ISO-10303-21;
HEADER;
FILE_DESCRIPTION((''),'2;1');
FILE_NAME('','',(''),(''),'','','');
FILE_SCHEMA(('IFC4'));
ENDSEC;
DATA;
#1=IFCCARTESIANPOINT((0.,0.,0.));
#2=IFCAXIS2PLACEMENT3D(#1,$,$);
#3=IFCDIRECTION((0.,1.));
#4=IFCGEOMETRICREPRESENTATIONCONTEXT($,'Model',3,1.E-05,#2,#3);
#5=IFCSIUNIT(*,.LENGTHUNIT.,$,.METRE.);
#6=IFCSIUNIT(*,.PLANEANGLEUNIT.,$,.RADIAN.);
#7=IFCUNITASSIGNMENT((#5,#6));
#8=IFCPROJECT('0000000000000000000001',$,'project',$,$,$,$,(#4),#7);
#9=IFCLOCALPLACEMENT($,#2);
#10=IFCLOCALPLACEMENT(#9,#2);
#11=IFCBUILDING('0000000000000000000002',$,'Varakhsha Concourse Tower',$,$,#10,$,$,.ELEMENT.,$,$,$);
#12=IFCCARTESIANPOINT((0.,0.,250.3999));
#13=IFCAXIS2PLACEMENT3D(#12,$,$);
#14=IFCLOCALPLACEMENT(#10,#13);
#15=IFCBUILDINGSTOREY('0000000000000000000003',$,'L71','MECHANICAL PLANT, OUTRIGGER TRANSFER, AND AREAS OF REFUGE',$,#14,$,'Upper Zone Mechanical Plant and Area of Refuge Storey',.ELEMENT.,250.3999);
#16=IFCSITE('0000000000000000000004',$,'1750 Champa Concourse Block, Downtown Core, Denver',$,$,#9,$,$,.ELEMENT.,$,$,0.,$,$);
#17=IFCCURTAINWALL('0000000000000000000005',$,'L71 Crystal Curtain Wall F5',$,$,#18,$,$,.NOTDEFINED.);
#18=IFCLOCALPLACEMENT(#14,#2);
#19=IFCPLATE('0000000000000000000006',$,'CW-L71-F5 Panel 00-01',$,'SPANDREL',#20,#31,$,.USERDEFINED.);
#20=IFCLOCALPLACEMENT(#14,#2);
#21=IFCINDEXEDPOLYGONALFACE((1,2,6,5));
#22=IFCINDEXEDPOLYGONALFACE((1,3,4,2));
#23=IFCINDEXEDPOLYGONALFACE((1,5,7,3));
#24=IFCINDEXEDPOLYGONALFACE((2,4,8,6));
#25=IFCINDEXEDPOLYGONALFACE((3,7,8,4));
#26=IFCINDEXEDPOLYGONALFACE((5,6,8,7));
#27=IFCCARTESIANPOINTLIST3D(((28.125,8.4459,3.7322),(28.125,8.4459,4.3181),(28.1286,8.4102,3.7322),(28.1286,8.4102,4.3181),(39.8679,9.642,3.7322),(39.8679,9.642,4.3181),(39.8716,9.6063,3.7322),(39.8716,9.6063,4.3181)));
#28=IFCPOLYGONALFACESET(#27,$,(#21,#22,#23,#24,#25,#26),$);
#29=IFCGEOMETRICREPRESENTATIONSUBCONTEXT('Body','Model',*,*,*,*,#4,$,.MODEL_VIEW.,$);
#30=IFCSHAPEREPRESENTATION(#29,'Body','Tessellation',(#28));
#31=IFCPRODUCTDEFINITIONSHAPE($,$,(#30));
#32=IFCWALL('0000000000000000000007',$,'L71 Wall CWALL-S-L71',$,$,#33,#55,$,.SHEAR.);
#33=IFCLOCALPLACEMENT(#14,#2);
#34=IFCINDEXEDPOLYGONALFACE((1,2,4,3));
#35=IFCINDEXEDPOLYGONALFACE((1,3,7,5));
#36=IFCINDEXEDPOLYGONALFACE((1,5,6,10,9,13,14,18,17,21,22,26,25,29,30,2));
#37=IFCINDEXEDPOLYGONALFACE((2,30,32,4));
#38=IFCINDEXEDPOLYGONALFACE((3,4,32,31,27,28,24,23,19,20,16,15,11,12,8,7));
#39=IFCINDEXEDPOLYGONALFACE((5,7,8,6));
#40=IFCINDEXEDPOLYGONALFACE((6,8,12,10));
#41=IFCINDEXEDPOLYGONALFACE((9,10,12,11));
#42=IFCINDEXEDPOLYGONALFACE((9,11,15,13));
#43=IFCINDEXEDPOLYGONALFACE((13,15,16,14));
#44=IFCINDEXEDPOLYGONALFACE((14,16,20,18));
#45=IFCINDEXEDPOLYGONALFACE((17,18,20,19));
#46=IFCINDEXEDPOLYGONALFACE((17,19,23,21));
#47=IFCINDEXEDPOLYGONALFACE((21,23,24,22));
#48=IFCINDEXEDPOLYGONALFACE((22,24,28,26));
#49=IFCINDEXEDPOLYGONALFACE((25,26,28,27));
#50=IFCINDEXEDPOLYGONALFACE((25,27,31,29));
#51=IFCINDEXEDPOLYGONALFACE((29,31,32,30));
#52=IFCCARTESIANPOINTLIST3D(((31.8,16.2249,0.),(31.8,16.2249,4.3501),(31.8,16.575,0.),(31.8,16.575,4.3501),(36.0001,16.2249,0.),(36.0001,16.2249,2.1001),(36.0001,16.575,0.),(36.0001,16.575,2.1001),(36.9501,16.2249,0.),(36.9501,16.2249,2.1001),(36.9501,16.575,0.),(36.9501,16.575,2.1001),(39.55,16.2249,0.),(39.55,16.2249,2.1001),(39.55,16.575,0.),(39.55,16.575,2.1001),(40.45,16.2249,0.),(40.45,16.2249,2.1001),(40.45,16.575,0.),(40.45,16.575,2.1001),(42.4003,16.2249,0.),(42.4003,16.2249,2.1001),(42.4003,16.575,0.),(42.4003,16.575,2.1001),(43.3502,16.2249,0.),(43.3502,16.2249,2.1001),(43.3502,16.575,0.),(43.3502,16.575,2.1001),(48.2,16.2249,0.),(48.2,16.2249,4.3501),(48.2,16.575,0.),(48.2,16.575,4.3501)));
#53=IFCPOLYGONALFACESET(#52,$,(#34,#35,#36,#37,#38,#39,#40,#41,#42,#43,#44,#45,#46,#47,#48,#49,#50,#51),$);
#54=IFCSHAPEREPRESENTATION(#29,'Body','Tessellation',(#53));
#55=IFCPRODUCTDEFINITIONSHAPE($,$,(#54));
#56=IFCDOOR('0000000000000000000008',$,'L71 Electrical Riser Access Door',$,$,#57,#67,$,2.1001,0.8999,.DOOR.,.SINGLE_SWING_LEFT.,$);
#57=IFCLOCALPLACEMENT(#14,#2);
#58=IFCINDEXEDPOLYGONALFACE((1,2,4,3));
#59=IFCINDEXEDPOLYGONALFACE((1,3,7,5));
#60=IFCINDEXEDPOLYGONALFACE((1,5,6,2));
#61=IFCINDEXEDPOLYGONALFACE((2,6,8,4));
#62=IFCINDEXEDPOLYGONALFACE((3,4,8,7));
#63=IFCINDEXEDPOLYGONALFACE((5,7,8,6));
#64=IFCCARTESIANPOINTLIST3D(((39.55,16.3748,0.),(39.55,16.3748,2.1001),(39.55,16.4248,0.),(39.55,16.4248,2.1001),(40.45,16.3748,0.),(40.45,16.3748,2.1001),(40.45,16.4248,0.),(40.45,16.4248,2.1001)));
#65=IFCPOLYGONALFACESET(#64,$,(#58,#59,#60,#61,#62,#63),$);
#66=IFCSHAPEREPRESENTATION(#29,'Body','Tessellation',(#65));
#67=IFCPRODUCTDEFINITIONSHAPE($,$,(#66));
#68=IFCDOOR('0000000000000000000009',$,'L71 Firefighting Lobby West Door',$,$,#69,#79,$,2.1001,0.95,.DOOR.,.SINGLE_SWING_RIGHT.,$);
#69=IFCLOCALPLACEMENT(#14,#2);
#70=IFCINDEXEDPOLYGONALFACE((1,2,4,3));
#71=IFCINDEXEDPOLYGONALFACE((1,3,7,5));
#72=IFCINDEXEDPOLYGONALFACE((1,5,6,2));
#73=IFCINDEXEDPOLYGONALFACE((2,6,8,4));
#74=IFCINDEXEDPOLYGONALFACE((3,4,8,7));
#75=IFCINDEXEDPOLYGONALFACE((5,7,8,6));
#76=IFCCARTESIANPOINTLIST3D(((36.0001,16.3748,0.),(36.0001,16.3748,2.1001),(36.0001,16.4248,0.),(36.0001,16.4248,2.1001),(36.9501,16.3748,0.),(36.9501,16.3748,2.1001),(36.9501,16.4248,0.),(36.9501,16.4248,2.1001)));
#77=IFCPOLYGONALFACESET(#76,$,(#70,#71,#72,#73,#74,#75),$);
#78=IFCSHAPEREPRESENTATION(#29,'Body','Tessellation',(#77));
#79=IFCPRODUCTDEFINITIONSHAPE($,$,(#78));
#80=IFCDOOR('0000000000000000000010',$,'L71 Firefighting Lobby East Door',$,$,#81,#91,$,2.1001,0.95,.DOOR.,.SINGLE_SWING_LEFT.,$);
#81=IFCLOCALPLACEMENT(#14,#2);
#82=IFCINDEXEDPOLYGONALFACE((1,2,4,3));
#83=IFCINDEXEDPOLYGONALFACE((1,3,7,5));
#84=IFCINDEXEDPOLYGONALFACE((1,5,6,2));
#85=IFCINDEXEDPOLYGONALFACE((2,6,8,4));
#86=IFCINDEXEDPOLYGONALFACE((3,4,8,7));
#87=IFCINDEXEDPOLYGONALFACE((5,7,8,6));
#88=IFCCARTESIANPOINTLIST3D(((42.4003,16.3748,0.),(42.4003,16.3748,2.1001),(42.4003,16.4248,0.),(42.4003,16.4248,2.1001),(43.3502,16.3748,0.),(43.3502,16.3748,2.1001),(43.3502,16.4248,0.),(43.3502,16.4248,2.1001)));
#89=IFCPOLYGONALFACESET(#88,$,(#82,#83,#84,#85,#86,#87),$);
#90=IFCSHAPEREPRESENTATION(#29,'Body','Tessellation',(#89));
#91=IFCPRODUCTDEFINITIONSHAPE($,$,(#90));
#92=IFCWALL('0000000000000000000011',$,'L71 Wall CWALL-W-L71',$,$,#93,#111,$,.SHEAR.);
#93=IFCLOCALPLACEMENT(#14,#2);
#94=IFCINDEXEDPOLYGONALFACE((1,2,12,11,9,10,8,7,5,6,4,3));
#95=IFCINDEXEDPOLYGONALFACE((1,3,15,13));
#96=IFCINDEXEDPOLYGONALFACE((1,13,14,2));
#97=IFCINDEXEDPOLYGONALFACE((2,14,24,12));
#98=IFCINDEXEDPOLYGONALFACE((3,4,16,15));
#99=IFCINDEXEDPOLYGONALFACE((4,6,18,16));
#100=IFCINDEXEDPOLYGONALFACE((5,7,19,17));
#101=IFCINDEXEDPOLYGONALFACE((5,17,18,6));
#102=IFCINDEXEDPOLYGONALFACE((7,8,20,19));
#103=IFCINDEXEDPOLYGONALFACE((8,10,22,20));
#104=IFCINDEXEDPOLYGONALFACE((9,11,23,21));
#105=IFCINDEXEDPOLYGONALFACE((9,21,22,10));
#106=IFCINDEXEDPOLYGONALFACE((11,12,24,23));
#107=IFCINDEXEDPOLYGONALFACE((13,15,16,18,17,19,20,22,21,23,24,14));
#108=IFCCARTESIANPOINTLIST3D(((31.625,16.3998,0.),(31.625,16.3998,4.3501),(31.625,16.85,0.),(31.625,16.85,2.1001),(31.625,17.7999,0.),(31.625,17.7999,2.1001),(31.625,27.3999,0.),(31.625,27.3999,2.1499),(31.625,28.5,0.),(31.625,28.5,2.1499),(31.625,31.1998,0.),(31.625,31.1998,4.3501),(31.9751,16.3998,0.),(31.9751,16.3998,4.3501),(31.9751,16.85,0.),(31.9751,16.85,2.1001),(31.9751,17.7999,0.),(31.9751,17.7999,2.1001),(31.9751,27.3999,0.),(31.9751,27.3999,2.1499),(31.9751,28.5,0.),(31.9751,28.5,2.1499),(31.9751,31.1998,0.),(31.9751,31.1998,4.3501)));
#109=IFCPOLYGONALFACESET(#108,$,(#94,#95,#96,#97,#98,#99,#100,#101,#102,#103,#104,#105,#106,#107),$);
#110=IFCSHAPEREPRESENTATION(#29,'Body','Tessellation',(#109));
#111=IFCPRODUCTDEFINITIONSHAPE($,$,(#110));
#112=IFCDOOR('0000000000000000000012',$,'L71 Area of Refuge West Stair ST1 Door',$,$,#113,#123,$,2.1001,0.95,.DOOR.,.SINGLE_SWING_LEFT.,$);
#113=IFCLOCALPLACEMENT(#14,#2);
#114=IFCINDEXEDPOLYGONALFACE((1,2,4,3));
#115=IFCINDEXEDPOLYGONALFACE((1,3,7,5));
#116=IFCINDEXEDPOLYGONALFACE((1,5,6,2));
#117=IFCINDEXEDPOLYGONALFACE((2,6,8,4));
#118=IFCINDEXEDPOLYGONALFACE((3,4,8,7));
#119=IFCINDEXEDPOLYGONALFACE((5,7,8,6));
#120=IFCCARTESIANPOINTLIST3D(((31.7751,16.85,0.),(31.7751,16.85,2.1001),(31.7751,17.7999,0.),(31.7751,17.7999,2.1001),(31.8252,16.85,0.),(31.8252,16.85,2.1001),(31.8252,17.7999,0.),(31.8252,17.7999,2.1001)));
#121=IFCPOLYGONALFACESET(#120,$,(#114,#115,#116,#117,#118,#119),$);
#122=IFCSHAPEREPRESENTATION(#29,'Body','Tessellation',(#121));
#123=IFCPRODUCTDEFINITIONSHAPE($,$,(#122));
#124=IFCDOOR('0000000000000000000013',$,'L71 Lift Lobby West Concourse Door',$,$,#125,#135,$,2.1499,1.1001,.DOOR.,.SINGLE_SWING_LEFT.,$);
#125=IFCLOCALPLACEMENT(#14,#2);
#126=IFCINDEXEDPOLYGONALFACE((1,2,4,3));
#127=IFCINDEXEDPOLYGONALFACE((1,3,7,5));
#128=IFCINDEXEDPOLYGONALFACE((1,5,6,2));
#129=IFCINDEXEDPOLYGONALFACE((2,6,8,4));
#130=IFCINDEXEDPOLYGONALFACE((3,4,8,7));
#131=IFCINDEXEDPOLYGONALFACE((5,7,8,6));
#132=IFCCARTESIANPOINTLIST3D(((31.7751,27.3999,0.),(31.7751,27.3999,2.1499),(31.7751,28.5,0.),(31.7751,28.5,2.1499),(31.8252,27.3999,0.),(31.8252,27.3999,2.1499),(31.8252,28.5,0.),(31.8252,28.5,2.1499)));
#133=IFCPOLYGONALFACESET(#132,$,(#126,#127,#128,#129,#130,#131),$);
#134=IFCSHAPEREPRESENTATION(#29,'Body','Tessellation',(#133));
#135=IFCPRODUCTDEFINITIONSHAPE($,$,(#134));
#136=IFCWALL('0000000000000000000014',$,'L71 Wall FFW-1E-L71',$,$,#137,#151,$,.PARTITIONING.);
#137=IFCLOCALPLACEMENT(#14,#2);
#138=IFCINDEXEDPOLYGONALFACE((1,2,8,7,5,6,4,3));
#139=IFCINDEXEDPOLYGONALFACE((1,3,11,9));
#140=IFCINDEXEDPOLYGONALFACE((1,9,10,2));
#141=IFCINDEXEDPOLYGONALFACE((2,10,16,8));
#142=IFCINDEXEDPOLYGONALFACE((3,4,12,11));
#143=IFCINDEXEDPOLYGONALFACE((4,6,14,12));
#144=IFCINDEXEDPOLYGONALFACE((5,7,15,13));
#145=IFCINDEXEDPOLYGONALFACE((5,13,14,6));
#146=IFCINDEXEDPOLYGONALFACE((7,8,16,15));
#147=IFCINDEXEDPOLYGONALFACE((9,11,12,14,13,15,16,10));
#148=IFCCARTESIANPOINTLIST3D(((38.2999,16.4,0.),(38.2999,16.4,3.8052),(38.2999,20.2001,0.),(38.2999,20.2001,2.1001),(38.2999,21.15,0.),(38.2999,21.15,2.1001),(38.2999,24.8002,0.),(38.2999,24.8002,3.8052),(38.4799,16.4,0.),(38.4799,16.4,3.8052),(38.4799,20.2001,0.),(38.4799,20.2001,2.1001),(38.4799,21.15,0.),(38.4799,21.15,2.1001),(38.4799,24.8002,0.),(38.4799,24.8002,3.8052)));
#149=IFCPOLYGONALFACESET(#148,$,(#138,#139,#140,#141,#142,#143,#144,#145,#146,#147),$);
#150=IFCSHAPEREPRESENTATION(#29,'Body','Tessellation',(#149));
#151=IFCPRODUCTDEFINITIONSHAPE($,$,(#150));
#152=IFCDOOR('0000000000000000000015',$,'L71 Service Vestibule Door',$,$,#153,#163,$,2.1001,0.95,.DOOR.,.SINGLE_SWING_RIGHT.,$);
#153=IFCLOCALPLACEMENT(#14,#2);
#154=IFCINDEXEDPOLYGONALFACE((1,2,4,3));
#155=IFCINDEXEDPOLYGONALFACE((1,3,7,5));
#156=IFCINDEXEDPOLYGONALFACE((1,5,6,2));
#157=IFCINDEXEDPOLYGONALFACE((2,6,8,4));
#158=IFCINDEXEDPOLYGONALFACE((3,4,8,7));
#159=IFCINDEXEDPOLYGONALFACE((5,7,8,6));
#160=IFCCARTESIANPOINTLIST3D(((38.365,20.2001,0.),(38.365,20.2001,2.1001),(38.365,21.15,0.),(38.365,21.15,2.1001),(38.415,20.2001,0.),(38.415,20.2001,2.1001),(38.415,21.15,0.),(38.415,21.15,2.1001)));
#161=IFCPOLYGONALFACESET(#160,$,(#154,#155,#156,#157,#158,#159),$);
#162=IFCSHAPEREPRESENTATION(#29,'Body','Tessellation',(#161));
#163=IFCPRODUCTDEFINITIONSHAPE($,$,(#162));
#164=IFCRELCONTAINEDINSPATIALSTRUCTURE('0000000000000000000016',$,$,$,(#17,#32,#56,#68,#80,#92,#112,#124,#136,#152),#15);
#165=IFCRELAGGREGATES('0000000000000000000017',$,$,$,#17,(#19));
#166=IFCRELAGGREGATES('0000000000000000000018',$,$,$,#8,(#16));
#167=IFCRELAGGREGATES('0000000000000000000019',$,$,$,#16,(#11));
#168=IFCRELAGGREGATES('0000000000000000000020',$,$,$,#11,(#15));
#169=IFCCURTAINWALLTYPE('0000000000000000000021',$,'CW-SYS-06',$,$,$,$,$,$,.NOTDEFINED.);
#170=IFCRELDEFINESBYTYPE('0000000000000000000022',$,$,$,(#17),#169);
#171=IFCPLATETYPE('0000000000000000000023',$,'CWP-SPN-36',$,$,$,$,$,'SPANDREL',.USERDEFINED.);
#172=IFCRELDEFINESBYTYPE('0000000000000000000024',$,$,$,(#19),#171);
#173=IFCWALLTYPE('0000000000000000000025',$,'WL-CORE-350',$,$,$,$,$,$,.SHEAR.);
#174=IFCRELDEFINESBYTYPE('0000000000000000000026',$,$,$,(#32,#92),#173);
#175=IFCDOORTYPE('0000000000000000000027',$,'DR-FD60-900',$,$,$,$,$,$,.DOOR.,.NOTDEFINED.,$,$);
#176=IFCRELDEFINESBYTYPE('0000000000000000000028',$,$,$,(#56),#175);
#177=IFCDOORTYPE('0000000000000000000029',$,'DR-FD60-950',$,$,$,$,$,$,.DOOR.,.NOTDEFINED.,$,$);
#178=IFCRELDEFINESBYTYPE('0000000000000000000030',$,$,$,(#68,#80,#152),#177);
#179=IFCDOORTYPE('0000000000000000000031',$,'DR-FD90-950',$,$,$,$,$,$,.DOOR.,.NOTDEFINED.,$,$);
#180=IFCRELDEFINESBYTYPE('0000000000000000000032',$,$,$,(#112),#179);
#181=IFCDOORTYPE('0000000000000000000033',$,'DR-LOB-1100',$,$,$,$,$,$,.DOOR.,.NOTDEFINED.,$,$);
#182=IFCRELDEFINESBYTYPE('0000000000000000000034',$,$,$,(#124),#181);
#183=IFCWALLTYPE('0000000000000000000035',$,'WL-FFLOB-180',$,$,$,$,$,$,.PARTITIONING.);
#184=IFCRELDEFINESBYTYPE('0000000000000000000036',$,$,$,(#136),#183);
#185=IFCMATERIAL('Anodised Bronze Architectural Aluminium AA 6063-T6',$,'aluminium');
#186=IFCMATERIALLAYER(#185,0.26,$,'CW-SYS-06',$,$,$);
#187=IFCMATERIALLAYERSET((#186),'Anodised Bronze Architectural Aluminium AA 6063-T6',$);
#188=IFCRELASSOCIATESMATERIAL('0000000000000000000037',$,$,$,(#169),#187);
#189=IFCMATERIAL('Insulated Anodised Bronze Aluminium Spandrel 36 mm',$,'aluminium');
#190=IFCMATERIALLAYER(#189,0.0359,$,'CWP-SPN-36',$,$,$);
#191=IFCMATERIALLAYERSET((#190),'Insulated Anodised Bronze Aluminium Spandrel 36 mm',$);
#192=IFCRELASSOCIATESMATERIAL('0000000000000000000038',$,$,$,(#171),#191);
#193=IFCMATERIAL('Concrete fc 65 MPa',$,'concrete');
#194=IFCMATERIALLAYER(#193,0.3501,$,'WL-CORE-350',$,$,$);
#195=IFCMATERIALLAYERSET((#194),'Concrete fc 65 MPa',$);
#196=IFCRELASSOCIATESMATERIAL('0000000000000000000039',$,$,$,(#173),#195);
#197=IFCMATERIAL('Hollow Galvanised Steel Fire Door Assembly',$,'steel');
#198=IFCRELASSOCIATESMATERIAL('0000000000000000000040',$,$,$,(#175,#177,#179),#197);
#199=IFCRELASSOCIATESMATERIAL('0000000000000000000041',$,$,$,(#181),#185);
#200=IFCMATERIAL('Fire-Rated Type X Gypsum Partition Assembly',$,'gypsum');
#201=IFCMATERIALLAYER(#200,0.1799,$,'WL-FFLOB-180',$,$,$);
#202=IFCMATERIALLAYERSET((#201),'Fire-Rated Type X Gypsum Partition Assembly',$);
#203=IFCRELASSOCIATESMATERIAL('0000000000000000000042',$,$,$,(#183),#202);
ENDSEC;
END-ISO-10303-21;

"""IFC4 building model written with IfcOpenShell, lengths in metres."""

from ifc_helpers import new_model, si_unit, direction, frame, frame_2d, origin, origin_2d, place, context, subcontext, project, spatial, rectangle, extrude, source, transform, mapped, material, layer, layer_set, type_object, type_shapes, element, fill, aggregate, save


model = new_model("IFC4")

# Units and contexts
model_context = context("Model", 3, precision=1e-05, world=origin(), true_north=direction((0.0, 1.0)))
body_context = subcontext(model_context, "Body", "Model", "MODEL_VIEW")
ifc_project = project(units=[si_unit("LENGTHUNIT", "METRE"), si_unit("PLANEANGLEUNIT", "RADIAN")], contexts=[model_context])

# Site, building, storey
site_placement = place(None, origin())
site = spatial("IfcSite", under=ifc_project, at=site_placement, Name="1750 Champa Concourse Block, Downtown Core, Denver", CompositionType="ELEMENT", RefElevation=0.0)
building_placement = place(site_placement, origin())
building = spatial("IfcBuilding", under=site, at=building_placement, Name="Varakhsha Concourse Tower", CompositionType="ELEMENT")
storey_placement = place(building_placement, frame((0.0, 0.0, 250.3999)))
storey = spatial("IfcBuildingStorey", under=building, at=storey_placement, Name="L71", Description="MECHANICAL PLANT, OUTRIGGER TRANSFER, AND AREAS OF REFUGE", LongName="Upper Zone Mechanical Plant and Area of Refuge Storey", CompositionType="ELEMENT", Elevation=250.3999)

# Shared definitions
ifc_material_1 = material(Name="Concrete fc 65 MPa", Category="concrete")

# Curtain wall
ifc_material_2 = material(Name="Anodised Bronze Architectural Aluminium AA 6063-T6", Category="aluminium")
ifc_layer_1 = layer(ifc_material_2, 0.26, Name="CW-SYS-06")
ifc_layer_set_1 = layer_set([ifc_layer_1], Name="Anodised Bronze Architectural Aluminium AA 6063-T6")
curtain_wall_type = type_object("IfcCurtainWallType", Name="CW-SYS-06", PredefinedType="NOTDEFINED", material=ifc_layer_set_1)
curtain_wall_placement = place(storey_placement, origin())
curtain_wall = element("IfcCurtainWall", 1, at=curtain_wall_placement, inside=storey, type_object=curtain_wall_type, Name="L71 Crystal Curtain Wall F5", PredefinedType="NOTDEFINED")

# Plate
ifc_material_3 = material(Name="Insulated Anodised Bronze Aluminium Spandrel 36 mm", Category="aluminium")
ifc_layer_2 = layer(ifc_material_3, 0.0359, Name="CWP-SPN-36")
ifc_layer_set_2 = layer_set([ifc_layer_2], Name="Insulated Anodised Bronze Aluminium Spandrel 36 mm")
plate_type_1 = type_object("IfcPlateType", Name="CWP-SPN-36", ElementType="SPANDREL", PredefinedType="USERDEFINED", material=ifc_layer_set_2)
shared_shape_1 = source(origin(), body_context, "Body", "SweptSolid", [
    extrude(rectangle(XDim=11.8037, YDim=0.0359, at=origin_2d()), origin(), (0.0, 0.0, 1.0), 0.5859),
])
type_shapes(plate_type_1, [shared_shape_1])
plate_1_placement = place(storey_placement, frame((33.9983, 9.0261, 3.7322), z_axis=(0.0, 0.0, 1.0), x_axis=(-0.994852, -0.101336, 0.0)))
plate_1 = element("IfcPlate", 2, at=plate_1_placement, type_object=plate_type_1, Name="CW-L71-F5 Panel 00-01", ObjectType="SPANDREL", PredefinedType="USERDEFINED", context=body_context, shape_type="MappedRepresentation", body=[
    mapped(shared_shape_1, transform((0.0, 0.0, 0.0), scale=1.0)),
])
aggregate(curtain_wall, [plate_1])

# Walls, openings, doors
ifc_layer_3 = layer(ifc_material_1, 0.3501, Name="WL-CORE-350")
ifc_layer_set_3 = layer_set([ifc_layer_3], Name="Concrete fc 65 MPa")
wall_type_1 = type_object("IfcWallType", Name="WL-CORE-350", PredefinedType="SHEAR", material=ifc_layer_set_3)
wall_1_placement = place(storey_placement, frame((31.8, 16.3999, 0.0), z_axis=(0.0, 0.0, 1.0), x_axis=(1.0, 0.0, 0.0)))
wall_1 = element("IfcWall", 3, at=wall_1_placement, inside=storey, type_object=wall_type_1, Name="L71 Wall CWALL-S-L71", PredefinedType="SHEAR", context=body_context, shape_type="SweptSolid", body=[
    extrude(rectangle(XDim=16.3999, YDim=0.3501, at=frame_2d((8.2, 0.0))), origin(), (0.0, 0.0, 1.0), 4.3501),
])
opening_1_placement = place(wall_1_placement, frame((7.75, 0.0, 0.0)))
opening_1 = element("IfcOpeningElement", 4, at=opening_1_placement, cuts=wall_1, PredefinedType="OPENING", context=body_context, shape_type="SweptSolid", body=[
    extrude(rectangle(XDim=0.8999, YDim=2.1001, at=frame_2d((0.45, 1.05))), frame((0.0, 0.1851, 0.0), z_axis=(0.0, -1.0, 0.0), x_axis=(1.0, 0.0, 0.0)), (0.0, 0.0, 1.0), 0.3701),
])
opening_2_placement = place(wall_1_placement, frame((4.2, 0.0, 0.0)))
opening_2 = element("IfcOpeningElement", 5, at=opening_2_placement, cuts=wall_1, PredefinedType="OPENING", context=body_context, shape_type="SweptSolid", body=[
    extrude(rectangle(XDim=0.95, YDim=2.1001, at=frame_2d((0.4751, 1.05))), frame((0.0, 0.1851, 0.0), z_axis=(0.0, -1.0, 0.0), x_axis=(1.0, 0.0, 0.0)), (0.0, 0.0, 1.0), 0.3701),
])
opening_3_placement = place(wall_1_placement, frame((10.6001, 0.0, 0.0)))
opening_3 = element("IfcOpeningElement", 6, at=opening_3_placement, cuts=wall_1, PredefinedType="OPENING", context=body_context, shape_type="SweptSolid", body=[
    extrude(rectangle(XDim=0.95, YDim=2.1001, at=frame_2d((0.4751, 1.05))), frame((0.0, 0.1851, 0.0), z_axis=(0.0, -1.0, 0.0), x_axis=(1.0, 0.0, 0.0)), (0.0, 0.0, 1.0), 0.3701),
])
ifc_material_4 = material(Name="Hollow Galvanised Steel Fire Door Assembly", Category="steel")
door_type_1 = type_object("IfcDoorType", Name="DR-FD60-900", OperationType="NOTDEFINED", PredefinedType="DOOR", material=ifc_material_4)
door_1_placement = place(opening_1_placement, origin())
door_1 = element("IfcDoor", 7, at=door_1_placement, inside=storey, type_object=door_type_1, Name="L71 Electrical Riser Access Door", OperationType="SINGLE_SWING_LEFT", OverallHeight=2.1001, OverallWidth=0.8999, PredefinedType="DOOR", context=body_context, shape_type="SweptSolid", body=[
    extrude(rectangle(XDim=0.8999, YDim=2.1001, at=frame_2d((0.45, 1.05))), frame((0.0, 0.0249, 0.0), z_axis=(0.0, -1.0, 0.0), x_axis=(1.0, 0.0, 0.0)), (0.0, 0.0, 1.0), 0.05),
])
fill(opening_1, door_1)
door_type_2 = type_object("IfcDoorType", Name="DR-FD60-950", OperationType="NOTDEFINED", PredefinedType="DOOR", material=ifc_material_4)
door_2_placement = place(opening_2_placement, origin())
door_2 = element("IfcDoor", 8, at=door_2_placement, inside=storey, type_object=door_type_2, Name="L71 Firefighting Lobby West Door", OperationType="SINGLE_SWING_RIGHT", OverallHeight=2.1001, OverallWidth=0.95, PredefinedType="DOOR", context=body_context, shape_type="SweptSolid", body=[
    extrude(rectangle(XDim=0.95, YDim=2.1001, at=frame_2d((0.4751, 1.05))), frame((0.0, 0.0249, 0.0), z_axis=(0.0, -1.0, 0.0), x_axis=(1.0, 0.0, 0.0)), (0.0, 0.0, 1.0), 0.05),
])
fill(opening_2, door_2)
door_3_placement = place(opening_3_placement, origin())
door_3 = element("IfcDoor", 9, at=door_3_placement, inside=storey, type_object=door_type_2, Name="L71 Firefighting Lobby East Door", OperationType="SINGLE_SWING_LEFT", OverallHeight=2.1001, OverallWidth=0.95, PredefinedType="DOOR", context=body_context, shape_type="SweptSolid", body=[
    extrude(rectangle(XDim=0.95, YDim=2.1001, at=frame_2d((0.4751, 1.05))), frame((0.0, 0.0249, 0.0), z_axis=(0.0, -1.0, 0.0), x_axis=(1.0, 0.0, 0.0)), (0.0, 0.0, 1.0), 0.05),
])
fill(opening_3, door_3)
wall_2_placement = place(storey_placement, frame((31.8, 16.3999, 0.0), z_axis=(0.0, 0.0, 1.0), x_axis=(0.0, 1.0, 0.0)))
wall_2 = element("IfcWall", 10, at=wall_2_placement, inside=storey, type_object=wall_type_1, Name="L71 Wall CWALL-W-L71", PredefinedType="SHEAR", context=body_context, shape_type="SweptSolid", body=[
    extrude(rectangle(XDim=14.8, YDim=0.3501, at=frame_2d((7.3999, 0.0))), origin(), (0.0, 0.0, 1.0), 4.3501),
])
opening_4_placement = place(wall_2_placement, frame((11.0, 0.0, 0.0)))
opening_4 = element("IfcOpeningElement", 11, at=opening_4_placement, cuts=wall_2, PredefinedType="OPENING", context=body_context, shape_type="SweptSolid", body=[
    extrude(rectangle(XDim=1.1001, YDim=2.1499, at=frame_2d((0.55, 1.075))), frame((0.0, 0.1851, 0.0), z_axis=(0.0, -1.0, 0.0), x_axis=(1.0, 0.0, 0.0)), (0.0, 0.0, 1.0), 0.3701),
])
opening_5_placement = place(wall_2_placement, frame((0.45, 0.0, 0.0)))
opening_5 = element("IfcOpeningElement", 12, at=opening_5_placement, cuts=wall_2, PredefinedType="OPENING", context=body_context, shape_type="SweptSolid", body=[
    extrude(rectangle(XDim=0.95, YDim=2.1001, at=frame_2d((0.4751, 1.05))), frame((0.0, 0.1851, 0.0), z_axis=(0.0, -1.0, 0.0), x_axis=(1.0, 0.0, 0.0)), (0.0, 0.0, 1.0), 0.3701),
])
door_type_3 = type_object("IfcDoorType", Name="DR-FD90-950", OperationType="NOTDEFINED", PredefinedType="DOOR", material=ifc_material_4)
door_4_placement = place(opening_5_placement, origin())
door_4 = element("IfcDoor", 13, at=door_4_placement, inside=storey, type_object=door_type_3, Name="L71 Area of Refuge West Stair ST1 Door", OperationType="SINGLE_SWING_LEFT", OverallHeight=2.1001, OverallWidth=0.95, PredefinedType="DOOR", context=body_context, shape_type="SweptSolid", body=[
    extrude(rectangle(XDim=0.95, YDim=2.1001, at=frame_2d((0.4751, 1.05))), frame((0.0, 0.0249, 0.0), z_axis=(0.0, -1.0, 0.0), x_axis=(1.0, 0.0, 0.0)), (0.0, 0.0, 1.0), 0.05),
])
fill(opening_5, door_4)
door_type_4 = type_object("IfcDoorType", Name="DR-LOB-1100", OperationType="NOTDEFINED", PredefinedType="DOOR", material=ifc_material_2)
door_5_placement = place(opening_4_placement, origin())
door_5 = element("IfcDoor", 14, at=door_5_placement, inside=storey, type_object=door_type_4, Name="L71 Lift Lobby West Concourse Door", OperationType="SINGLE_SWING_LEFT", OverallHeight=2.1499, OverallWidth=1.1001, PredefinedType="DOOR", context=body_context, shape_type="SweptSolid", body=[
    extrude(rectangle(XDim=1.1001, YDim=2.1499, at=frame_2d((0.55, 1.075))), frame((0.0, 0.0249, 0.0), z_axis=(0.0, -1.0, 0.0), x_axis=(1.0, 0.0, 0.0)), (0.0, 0.0, 1.0), 0.05),
])
fill(opening_4, door_5)

# Wall, opening, door
ifc_material_5 = material(Name="Fire-Rated Type X Gypsum Partition Assembly", Category="gypsum")
ifc_layer_4 = layer(ifc_material_5, 0.1799, Name="WL-FFLOB-180")
ifc_layer_set_4 = layer_set([ifc_layer_4], Name="Fire-Rated Type X Gypsum Partition Assembly")
wall_type_2 = type_object("IfcWallType", Name="WL-FFLOB-180", PredefinedType="PARTITIONING", material=ifc_layer_set_4)
wall_3_placement = place(storey_placement, frame((38.3899, 16.3999, 0.0), z_axis=(0.0, 0.0, 1.0), x_axis=(0.0, 1.0, 0.0)))
wall_3 = element("IfcWall", 15, at=wall_3_placement, inside=storey, type_object=wall_type_2, Name="L71 Wall FFW-1E-L71", PredefinedType="PARTITIONING", context=body_context, shape_type="SweptSolid", body=[
    extrude(rectangle(XDim=8.4001, YDim=0.1799, at=frame_2d((4.2002, 0.0))), origin(), (0.0, 0.0, 1.0), 3.8052),
])
opening_6_placement = place(wall_3_placement, frame((3.8, 0.0, 0.0)))
opening_6 = element("IfcOpeningElement", 16, at=opening_6_placement, cuts=wall_3, PredefinedType="OPENING", context=body_context, shape_type="SweptSolid", body=[
    extrude(rectangle(XDim=0.95, YDim=2.1001, at=frame_2d((0.4751, 1.05))), frame((0.0, 0.0999, 0.0), z_axis=(0.0, -1.0, 0.0), x_axis=(1.0, 0.0, 0.0)), (0.0, 0.0, 1.0), 0.2),
])
door_6_placement = place(opening_6_placement, origin())
door_6 = element("IfcDoor", 17, at=door_6_placement, inside=storey, type_object=door_type_2, Name="L71 Service Vestibule Door", OperationType="SINGLE_SWING_RIGHT", OverallHeight=2.1001, OverallWidth=0.95, PredefinedType="DOOR", context=body_context, shape_type="SweptSolid", body=[
    extrude(rectangle(XDim=0.95, YDim=2.1001, at=frame_2d((0.4751, 1.05))), frame((0.0, 0.0249, 0.0), z_axis=(0.0, -1.0, 0.0), x_axis=(1.0, 0.0, 0.0)), (0.0, 0.0, 1.0), 0.05),
])
fill(opening_6, door_6)

save(model, "model.ifc")
